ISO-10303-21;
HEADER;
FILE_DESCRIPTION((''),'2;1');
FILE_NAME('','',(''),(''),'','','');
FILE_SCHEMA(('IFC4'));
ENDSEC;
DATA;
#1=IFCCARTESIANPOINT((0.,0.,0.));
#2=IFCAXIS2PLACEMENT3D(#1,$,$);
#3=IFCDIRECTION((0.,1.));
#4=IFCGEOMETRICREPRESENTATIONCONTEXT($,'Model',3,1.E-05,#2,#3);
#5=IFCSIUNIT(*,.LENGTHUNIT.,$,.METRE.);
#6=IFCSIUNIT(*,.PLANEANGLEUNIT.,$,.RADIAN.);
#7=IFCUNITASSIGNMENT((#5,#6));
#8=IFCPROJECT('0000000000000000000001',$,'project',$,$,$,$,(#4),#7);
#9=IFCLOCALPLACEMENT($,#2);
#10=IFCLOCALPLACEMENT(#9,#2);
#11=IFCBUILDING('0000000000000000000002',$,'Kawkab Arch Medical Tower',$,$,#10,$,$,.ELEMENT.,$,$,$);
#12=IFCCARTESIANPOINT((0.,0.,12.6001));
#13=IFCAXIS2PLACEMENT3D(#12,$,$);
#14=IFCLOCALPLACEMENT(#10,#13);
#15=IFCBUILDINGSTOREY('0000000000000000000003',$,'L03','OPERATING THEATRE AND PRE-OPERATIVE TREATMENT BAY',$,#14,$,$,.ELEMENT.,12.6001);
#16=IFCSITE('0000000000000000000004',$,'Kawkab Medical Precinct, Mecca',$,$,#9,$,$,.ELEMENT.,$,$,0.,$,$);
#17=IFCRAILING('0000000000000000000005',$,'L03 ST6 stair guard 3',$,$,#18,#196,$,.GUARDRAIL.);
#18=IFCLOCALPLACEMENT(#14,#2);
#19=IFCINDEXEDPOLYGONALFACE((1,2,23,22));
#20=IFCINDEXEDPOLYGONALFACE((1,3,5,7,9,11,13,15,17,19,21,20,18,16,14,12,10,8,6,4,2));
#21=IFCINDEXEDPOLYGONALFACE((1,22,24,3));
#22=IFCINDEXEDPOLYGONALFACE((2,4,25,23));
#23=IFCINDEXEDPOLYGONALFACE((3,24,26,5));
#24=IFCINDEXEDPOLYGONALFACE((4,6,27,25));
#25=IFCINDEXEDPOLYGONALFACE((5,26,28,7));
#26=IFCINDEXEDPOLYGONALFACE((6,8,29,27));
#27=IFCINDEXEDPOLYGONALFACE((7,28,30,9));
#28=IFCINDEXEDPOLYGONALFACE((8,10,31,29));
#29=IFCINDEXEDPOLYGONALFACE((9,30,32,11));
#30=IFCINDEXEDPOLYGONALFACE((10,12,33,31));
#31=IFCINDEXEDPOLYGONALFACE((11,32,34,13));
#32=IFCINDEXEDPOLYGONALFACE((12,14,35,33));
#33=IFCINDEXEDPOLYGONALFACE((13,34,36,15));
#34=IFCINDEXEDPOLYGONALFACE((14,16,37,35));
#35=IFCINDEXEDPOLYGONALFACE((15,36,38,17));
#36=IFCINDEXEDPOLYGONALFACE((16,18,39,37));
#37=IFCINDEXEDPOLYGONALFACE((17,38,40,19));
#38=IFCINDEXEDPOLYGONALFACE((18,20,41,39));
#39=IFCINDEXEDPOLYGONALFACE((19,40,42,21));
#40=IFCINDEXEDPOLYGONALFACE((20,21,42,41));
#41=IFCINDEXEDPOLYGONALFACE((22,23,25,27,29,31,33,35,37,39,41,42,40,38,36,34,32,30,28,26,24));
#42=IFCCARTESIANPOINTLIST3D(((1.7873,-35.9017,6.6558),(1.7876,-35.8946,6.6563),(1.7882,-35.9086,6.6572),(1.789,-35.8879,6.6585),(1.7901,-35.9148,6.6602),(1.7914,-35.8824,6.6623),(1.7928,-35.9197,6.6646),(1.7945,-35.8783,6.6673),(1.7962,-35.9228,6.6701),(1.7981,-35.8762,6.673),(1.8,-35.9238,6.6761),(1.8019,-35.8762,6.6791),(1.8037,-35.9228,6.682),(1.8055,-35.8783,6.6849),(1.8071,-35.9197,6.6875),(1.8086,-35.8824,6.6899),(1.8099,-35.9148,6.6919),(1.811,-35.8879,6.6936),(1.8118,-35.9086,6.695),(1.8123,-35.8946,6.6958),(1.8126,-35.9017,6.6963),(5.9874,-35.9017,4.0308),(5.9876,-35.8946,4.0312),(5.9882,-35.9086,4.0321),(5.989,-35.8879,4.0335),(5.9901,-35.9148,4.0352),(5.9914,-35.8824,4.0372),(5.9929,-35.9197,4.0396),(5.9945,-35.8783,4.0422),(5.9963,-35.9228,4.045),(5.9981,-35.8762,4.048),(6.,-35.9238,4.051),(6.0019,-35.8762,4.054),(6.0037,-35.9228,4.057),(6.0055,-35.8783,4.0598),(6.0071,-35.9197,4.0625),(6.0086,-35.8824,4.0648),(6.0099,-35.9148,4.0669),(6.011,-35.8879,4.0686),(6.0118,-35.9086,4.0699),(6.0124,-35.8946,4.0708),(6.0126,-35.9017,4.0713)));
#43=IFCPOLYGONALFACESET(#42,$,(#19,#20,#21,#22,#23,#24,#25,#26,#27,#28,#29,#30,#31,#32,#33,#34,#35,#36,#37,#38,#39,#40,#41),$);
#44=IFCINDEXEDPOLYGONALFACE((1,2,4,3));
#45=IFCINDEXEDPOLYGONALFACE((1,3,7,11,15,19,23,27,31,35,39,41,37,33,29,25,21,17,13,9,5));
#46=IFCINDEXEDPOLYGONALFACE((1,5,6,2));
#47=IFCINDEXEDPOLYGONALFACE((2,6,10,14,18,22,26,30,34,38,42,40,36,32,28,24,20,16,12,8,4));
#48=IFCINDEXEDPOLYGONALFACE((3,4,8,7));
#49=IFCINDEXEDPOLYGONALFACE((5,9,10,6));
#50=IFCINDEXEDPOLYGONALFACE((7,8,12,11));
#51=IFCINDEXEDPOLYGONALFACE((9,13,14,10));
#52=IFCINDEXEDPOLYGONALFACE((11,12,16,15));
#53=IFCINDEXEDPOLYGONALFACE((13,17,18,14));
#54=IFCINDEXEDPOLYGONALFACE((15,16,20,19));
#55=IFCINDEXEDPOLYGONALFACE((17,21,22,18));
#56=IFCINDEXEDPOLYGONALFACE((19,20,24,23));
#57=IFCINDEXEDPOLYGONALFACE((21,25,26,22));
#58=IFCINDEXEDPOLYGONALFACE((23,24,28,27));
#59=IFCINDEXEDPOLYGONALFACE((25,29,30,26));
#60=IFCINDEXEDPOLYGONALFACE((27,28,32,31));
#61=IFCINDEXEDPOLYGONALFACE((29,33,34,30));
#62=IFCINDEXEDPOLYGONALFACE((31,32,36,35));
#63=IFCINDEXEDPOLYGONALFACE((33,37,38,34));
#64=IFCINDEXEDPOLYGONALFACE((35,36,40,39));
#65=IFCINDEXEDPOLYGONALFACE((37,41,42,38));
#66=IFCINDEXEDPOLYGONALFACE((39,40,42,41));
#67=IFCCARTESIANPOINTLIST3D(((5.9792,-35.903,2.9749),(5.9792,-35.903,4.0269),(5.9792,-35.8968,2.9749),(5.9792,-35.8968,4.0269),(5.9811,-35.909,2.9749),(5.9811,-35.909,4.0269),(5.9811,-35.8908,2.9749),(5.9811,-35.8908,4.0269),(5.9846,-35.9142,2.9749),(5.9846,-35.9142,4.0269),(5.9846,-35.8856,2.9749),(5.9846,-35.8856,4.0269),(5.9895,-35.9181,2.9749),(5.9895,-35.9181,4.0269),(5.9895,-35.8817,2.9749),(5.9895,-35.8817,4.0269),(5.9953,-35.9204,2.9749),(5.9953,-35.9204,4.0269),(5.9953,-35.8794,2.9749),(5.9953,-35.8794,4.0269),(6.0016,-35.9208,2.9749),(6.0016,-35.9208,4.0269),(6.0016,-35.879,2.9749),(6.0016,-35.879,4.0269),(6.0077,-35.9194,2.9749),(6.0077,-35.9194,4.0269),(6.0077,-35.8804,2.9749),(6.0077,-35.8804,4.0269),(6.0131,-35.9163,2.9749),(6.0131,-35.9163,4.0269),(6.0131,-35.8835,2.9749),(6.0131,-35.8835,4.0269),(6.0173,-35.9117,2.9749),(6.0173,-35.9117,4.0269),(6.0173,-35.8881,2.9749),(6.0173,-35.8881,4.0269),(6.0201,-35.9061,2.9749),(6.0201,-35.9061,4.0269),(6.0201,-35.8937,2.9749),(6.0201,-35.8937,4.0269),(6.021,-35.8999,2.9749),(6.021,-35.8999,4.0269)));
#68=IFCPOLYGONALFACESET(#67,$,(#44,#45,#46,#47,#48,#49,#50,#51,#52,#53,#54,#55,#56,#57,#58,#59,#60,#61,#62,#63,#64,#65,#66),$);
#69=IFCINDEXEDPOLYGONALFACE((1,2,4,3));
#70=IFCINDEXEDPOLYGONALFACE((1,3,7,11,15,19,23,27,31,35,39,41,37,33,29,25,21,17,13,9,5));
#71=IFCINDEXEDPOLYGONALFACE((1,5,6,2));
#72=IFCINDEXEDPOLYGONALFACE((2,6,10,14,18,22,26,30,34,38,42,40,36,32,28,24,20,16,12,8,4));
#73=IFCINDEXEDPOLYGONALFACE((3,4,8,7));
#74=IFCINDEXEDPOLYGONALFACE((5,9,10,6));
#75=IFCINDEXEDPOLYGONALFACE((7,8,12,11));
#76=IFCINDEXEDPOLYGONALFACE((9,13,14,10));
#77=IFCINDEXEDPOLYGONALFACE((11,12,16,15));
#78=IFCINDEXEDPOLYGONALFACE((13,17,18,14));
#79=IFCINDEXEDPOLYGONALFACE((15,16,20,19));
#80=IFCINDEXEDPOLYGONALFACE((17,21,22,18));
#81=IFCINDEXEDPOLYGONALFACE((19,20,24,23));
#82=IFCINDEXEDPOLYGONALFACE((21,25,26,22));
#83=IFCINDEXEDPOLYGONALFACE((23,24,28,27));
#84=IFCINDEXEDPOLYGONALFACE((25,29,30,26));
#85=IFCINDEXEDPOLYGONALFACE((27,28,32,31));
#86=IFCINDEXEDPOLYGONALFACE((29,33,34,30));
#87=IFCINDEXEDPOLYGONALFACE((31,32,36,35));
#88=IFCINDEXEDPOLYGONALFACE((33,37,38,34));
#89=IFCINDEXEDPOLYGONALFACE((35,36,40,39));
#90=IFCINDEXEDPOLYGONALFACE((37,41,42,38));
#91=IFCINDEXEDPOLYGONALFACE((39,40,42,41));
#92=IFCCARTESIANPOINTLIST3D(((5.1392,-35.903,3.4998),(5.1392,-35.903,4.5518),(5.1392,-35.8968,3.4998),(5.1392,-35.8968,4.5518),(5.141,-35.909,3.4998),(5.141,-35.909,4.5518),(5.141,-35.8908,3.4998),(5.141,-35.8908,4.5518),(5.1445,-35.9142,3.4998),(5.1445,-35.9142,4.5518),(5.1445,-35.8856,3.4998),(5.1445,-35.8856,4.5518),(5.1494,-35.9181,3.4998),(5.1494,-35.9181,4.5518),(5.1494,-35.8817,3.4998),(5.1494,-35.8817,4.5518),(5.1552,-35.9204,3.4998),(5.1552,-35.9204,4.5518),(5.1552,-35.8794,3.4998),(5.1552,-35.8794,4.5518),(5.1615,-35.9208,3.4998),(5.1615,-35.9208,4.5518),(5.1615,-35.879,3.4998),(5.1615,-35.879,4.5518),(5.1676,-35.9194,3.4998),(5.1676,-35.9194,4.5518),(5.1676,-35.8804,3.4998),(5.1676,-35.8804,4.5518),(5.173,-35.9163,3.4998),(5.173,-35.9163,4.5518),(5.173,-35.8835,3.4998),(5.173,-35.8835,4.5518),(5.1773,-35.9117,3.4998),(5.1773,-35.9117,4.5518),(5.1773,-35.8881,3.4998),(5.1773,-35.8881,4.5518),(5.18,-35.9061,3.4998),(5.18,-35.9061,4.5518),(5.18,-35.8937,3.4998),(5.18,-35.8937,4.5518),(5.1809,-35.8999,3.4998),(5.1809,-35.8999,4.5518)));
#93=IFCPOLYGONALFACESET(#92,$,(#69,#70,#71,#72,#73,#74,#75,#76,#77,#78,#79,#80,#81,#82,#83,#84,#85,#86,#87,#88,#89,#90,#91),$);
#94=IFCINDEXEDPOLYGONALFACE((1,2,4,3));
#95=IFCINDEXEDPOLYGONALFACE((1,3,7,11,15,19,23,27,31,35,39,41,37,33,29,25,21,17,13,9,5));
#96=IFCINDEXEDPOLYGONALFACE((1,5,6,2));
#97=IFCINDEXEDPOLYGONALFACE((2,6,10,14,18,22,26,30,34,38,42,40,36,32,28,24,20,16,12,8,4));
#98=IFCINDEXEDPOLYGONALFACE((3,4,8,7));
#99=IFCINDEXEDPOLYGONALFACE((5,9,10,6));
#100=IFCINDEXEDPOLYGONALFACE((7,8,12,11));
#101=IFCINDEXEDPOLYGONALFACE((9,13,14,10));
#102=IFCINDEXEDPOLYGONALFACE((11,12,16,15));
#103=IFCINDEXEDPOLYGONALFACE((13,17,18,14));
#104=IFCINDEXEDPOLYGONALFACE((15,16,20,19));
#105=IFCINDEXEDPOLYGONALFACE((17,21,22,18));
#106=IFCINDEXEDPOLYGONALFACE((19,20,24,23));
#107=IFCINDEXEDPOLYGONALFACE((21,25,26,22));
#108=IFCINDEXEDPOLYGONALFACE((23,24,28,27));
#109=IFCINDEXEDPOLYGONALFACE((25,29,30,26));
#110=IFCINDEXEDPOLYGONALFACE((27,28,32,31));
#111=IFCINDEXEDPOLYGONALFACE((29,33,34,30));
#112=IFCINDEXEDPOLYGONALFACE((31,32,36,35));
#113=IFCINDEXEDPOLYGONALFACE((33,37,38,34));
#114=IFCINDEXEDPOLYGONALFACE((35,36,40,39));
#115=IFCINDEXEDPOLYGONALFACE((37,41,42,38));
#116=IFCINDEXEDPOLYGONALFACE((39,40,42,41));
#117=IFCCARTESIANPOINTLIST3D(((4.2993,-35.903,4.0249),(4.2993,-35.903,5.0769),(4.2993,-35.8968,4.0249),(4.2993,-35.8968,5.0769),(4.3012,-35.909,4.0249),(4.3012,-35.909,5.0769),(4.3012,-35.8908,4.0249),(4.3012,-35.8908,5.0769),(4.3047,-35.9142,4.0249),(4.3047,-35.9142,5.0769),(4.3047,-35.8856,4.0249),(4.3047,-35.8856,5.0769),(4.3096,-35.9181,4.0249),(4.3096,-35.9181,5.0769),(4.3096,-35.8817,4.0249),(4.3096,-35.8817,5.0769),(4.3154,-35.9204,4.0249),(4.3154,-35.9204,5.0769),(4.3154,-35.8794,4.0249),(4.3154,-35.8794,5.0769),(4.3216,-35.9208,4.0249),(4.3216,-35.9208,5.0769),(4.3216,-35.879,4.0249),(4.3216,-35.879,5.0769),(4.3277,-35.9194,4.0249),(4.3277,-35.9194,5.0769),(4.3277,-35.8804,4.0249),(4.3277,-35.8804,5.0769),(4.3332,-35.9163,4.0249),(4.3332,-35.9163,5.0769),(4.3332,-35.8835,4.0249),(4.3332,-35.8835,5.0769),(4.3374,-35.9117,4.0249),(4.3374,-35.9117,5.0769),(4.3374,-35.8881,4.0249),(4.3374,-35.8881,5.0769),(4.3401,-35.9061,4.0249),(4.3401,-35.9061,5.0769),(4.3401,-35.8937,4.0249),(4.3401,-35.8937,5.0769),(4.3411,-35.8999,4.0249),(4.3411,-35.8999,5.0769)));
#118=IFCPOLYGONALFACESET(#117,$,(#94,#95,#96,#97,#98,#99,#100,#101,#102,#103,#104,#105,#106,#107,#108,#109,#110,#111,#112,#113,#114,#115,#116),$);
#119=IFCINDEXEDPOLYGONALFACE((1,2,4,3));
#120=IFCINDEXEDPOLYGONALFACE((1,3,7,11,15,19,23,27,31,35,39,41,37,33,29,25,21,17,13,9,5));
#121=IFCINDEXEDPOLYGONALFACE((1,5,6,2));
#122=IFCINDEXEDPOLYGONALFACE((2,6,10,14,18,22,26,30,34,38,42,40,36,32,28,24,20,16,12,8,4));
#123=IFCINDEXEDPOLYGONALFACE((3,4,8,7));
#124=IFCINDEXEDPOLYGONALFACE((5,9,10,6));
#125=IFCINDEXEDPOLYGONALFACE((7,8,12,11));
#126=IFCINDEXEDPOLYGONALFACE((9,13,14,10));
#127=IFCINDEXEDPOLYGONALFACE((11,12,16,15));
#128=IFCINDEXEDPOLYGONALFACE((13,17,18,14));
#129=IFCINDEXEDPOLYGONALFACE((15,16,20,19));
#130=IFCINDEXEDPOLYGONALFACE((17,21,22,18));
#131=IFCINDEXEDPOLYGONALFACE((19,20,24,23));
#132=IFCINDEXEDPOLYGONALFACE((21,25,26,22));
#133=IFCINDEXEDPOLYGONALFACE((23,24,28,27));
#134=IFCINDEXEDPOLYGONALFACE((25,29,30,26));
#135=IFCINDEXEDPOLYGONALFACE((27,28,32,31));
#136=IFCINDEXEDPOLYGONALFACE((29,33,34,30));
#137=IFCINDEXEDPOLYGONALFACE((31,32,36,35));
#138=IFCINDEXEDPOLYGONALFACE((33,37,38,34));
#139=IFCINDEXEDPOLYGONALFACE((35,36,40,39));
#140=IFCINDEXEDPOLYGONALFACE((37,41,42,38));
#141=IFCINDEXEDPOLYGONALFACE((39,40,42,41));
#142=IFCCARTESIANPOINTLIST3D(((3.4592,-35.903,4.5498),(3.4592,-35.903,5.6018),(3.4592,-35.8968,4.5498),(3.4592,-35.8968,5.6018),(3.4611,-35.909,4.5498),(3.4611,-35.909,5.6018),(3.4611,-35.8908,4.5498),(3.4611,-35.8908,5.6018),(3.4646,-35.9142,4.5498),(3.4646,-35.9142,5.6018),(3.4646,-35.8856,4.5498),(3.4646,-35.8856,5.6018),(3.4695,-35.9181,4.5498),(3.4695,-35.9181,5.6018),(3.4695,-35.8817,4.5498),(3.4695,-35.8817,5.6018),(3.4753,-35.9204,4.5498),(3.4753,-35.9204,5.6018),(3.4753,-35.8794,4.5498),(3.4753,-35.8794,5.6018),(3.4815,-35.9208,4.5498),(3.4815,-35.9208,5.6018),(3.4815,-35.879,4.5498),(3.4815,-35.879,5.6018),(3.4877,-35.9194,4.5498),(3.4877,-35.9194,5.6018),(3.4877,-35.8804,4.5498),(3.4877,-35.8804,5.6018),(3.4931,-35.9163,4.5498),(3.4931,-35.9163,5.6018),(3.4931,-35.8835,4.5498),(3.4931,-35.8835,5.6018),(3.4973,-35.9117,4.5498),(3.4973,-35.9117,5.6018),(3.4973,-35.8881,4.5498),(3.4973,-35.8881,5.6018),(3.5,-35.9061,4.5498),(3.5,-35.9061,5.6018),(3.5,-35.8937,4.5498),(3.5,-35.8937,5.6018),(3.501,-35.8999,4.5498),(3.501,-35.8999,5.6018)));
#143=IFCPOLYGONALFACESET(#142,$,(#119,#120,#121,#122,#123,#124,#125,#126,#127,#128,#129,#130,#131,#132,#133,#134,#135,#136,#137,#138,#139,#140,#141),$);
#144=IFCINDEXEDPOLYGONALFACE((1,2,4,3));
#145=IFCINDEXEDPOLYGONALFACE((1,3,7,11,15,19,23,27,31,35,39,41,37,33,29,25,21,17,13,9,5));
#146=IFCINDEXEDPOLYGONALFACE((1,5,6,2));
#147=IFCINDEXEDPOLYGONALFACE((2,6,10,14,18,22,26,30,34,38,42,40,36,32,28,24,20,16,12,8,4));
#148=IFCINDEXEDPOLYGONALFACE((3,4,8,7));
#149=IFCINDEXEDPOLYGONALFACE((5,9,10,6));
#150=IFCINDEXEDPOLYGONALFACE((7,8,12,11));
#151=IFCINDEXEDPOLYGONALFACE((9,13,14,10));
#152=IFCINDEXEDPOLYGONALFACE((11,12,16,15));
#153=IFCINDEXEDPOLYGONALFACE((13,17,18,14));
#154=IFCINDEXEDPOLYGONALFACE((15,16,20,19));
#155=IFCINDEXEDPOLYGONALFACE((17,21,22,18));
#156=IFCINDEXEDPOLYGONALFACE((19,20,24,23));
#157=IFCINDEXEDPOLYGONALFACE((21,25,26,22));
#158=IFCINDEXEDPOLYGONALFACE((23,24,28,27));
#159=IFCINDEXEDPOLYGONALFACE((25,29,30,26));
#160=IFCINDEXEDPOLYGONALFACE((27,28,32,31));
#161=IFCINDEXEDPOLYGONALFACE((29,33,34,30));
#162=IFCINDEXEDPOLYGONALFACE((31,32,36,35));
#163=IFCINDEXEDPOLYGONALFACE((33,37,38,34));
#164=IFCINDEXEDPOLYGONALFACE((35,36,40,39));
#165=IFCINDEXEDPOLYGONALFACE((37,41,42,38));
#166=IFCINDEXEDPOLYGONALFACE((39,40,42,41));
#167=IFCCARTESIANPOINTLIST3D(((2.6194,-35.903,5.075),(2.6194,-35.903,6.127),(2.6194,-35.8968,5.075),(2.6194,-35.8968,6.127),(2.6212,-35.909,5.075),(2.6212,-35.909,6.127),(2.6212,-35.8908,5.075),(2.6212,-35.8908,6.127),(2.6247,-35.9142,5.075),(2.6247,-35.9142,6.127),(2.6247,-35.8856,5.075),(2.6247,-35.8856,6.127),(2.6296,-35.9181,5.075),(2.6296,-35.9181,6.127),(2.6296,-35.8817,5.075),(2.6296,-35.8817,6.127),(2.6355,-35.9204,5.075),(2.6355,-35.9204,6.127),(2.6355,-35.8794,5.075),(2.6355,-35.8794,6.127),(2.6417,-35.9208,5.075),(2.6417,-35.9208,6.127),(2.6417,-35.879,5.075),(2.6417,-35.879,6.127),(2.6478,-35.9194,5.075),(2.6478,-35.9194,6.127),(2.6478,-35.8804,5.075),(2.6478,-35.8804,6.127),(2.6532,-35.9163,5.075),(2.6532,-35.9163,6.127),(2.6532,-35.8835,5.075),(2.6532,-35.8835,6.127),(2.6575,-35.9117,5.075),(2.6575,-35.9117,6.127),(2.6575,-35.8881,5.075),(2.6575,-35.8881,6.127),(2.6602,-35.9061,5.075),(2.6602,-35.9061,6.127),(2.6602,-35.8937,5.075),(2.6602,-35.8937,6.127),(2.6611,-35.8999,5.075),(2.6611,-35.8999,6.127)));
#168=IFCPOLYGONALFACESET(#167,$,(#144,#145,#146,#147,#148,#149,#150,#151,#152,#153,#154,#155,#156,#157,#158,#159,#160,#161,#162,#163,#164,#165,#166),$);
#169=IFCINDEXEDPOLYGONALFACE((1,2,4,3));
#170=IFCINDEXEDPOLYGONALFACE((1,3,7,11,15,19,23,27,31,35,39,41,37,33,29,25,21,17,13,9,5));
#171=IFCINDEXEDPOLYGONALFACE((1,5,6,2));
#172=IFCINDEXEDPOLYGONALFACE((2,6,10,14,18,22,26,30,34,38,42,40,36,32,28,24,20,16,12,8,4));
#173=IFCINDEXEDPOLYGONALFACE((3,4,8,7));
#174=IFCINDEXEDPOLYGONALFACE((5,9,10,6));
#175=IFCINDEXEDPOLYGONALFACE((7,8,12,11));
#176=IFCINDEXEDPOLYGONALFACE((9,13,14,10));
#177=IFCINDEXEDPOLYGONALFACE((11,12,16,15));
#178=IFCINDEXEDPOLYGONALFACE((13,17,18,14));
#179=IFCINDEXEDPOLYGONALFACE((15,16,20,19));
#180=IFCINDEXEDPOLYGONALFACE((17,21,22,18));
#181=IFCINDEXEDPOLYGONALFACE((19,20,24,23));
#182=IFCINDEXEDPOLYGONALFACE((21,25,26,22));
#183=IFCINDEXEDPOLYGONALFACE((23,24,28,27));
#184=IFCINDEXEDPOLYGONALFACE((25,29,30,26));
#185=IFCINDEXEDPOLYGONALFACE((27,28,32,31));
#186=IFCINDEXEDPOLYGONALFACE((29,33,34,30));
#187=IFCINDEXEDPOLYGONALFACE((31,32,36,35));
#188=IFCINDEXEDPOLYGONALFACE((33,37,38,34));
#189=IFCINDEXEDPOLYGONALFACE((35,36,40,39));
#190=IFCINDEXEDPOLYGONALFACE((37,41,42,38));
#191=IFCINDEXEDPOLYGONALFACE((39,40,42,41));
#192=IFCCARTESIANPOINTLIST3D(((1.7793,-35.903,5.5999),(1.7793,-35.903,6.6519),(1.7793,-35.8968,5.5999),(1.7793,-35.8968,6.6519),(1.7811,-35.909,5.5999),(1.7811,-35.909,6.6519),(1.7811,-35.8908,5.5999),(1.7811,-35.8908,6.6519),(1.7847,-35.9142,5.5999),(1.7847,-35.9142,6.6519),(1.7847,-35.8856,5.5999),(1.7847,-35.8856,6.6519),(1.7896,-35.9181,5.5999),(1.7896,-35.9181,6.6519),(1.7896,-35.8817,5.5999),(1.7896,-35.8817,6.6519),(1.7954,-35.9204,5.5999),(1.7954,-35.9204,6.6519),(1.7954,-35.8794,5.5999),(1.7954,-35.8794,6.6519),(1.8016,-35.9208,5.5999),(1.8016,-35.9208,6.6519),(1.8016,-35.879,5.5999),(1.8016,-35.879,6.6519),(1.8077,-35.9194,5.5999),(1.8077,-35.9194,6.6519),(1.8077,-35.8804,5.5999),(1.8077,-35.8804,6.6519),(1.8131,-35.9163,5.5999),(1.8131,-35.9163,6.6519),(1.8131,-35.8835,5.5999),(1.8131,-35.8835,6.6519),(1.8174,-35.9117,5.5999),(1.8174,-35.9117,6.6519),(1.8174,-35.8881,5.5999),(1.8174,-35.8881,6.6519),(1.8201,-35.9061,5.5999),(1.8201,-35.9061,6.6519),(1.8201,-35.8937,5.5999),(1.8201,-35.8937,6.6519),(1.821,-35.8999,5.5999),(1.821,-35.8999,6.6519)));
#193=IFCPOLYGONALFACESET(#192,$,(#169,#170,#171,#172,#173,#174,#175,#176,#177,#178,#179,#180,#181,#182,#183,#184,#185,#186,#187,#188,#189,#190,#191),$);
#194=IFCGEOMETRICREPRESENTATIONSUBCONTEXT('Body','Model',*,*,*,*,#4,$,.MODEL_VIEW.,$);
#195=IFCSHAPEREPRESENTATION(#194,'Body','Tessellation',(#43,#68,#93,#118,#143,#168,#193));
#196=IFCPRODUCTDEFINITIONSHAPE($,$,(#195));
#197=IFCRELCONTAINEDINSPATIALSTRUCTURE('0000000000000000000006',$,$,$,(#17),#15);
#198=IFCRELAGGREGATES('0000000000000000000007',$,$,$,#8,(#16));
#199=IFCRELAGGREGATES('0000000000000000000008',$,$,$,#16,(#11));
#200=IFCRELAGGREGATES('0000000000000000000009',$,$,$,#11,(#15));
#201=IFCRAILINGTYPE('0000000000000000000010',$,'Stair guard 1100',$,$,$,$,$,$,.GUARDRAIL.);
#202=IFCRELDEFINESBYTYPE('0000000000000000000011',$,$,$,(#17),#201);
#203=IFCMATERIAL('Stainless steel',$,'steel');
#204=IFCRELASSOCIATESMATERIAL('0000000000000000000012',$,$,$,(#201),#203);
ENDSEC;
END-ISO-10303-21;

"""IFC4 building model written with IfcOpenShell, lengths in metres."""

from ifc_helpers import new_model, si_unit, direction, frame, origin, origin_2d, place, context, subcontext, project, spatial, circle, extrude, material, type_object, element, save


model = new_model("IFC4")

# Units and contexts
model_context = context("Model", 3, precision=1e-05, world=origin(), true_north=direction((0.0, 1.0)))
body_context = subcontext(model_context, "Body", "Model", "MODEL_VIEW")
ifc_project = project(units=[si_unit("LENGTHUNIT", "METRE"), si_unit("PLANEANGLEUNIT", "RADIAN")], contexts=[model_context])

# Site, building, storey
site_placement = place(None, origin())
site = spatial("IfcSite", under=ifc_project, at=site_placement, Name="Kawkab Medical Precinct, Mecca", CompositionType="ELEMENT", RefElevation=0.0)
building_placement = place(site_placement, origin())
building = spatial("IfcBuilding", under=site, at=building_placement, Name="Kawkab Arch Medical Tower", CompositionType="ELEMENT")
storey_placement = place(building_placement, frame((0.0, 0.0, 12.6001)))
storey = spatial("IfcBuildingStorey", under=building, at=storey_placement, Name="L03", Description="OPERATING THEATRE AND PRE-OPERATIVE TREATMENT BAY", CompositionType="ELEMENT", Elevation=12.6001)

# Railing
ifc_material_1 = material(Name="Stainless steel", Category="steel")
railing_type = type_object("IfcRailingType", Name="Stair guard 1100", PredefinedType="GUARDRAIL", material=ifc_material_1)
railing_1_placement = place(storey_placement, frame((6.0, -35.8999, 2.9749)))
element("IfcRailing", 1, at=railing_1_placement, inside=storey, type_object=railing_type, Name="L03 ST6 stair guard 3", PredefinedType="GUARDRAIL", context=body_context, shape_type="SweptSolid", body=[
    extrude(circle(Radius=0.0239, at=origin_2d()), frame((0.0, 0.0, 1.0762), z_axis=(-0.847996, 0.0, 0.530003), x_axis=(0.0, -1.0, 0.0)), (0.0, 0.0, 1.0), 4.9529),
    extrude(circle(Radius=0.021, at=origin_2d()), origin(), (0.0, 0.0, 1.0), 1.052),
    extrude(circle(Radius=0.021, at=origin_2d()), frame((-0.8401, 0.0, 0.5249)), (0.0, 0.0, 1.0), 1.052),
    extrude(circle(Radius=0.021, at=origin_2d()), frame((-1.6799, 0.0, 1.05)), (0.0, 0.0, 1.0), 1.052),
    extrude(circle(Radius=0.021, at=origin_2d()), frame((-2.52, 0.0, 1.575)), (0.0, 0.0, 1.0), 1.052),
    extrude(circle(Radius=0.021, at=origin_2d()), frame((-3.3599, 0.0, 2.1001)), (0.0, 0.0, 1.0), 1.052),
    extrude(circle(Radius=0.021, at=origin_2d()), frame((-4.2, 0.0, 2.625)), (0.0, 0.0, 1.0), 1.052),
])

save(model, "model.ifc")
